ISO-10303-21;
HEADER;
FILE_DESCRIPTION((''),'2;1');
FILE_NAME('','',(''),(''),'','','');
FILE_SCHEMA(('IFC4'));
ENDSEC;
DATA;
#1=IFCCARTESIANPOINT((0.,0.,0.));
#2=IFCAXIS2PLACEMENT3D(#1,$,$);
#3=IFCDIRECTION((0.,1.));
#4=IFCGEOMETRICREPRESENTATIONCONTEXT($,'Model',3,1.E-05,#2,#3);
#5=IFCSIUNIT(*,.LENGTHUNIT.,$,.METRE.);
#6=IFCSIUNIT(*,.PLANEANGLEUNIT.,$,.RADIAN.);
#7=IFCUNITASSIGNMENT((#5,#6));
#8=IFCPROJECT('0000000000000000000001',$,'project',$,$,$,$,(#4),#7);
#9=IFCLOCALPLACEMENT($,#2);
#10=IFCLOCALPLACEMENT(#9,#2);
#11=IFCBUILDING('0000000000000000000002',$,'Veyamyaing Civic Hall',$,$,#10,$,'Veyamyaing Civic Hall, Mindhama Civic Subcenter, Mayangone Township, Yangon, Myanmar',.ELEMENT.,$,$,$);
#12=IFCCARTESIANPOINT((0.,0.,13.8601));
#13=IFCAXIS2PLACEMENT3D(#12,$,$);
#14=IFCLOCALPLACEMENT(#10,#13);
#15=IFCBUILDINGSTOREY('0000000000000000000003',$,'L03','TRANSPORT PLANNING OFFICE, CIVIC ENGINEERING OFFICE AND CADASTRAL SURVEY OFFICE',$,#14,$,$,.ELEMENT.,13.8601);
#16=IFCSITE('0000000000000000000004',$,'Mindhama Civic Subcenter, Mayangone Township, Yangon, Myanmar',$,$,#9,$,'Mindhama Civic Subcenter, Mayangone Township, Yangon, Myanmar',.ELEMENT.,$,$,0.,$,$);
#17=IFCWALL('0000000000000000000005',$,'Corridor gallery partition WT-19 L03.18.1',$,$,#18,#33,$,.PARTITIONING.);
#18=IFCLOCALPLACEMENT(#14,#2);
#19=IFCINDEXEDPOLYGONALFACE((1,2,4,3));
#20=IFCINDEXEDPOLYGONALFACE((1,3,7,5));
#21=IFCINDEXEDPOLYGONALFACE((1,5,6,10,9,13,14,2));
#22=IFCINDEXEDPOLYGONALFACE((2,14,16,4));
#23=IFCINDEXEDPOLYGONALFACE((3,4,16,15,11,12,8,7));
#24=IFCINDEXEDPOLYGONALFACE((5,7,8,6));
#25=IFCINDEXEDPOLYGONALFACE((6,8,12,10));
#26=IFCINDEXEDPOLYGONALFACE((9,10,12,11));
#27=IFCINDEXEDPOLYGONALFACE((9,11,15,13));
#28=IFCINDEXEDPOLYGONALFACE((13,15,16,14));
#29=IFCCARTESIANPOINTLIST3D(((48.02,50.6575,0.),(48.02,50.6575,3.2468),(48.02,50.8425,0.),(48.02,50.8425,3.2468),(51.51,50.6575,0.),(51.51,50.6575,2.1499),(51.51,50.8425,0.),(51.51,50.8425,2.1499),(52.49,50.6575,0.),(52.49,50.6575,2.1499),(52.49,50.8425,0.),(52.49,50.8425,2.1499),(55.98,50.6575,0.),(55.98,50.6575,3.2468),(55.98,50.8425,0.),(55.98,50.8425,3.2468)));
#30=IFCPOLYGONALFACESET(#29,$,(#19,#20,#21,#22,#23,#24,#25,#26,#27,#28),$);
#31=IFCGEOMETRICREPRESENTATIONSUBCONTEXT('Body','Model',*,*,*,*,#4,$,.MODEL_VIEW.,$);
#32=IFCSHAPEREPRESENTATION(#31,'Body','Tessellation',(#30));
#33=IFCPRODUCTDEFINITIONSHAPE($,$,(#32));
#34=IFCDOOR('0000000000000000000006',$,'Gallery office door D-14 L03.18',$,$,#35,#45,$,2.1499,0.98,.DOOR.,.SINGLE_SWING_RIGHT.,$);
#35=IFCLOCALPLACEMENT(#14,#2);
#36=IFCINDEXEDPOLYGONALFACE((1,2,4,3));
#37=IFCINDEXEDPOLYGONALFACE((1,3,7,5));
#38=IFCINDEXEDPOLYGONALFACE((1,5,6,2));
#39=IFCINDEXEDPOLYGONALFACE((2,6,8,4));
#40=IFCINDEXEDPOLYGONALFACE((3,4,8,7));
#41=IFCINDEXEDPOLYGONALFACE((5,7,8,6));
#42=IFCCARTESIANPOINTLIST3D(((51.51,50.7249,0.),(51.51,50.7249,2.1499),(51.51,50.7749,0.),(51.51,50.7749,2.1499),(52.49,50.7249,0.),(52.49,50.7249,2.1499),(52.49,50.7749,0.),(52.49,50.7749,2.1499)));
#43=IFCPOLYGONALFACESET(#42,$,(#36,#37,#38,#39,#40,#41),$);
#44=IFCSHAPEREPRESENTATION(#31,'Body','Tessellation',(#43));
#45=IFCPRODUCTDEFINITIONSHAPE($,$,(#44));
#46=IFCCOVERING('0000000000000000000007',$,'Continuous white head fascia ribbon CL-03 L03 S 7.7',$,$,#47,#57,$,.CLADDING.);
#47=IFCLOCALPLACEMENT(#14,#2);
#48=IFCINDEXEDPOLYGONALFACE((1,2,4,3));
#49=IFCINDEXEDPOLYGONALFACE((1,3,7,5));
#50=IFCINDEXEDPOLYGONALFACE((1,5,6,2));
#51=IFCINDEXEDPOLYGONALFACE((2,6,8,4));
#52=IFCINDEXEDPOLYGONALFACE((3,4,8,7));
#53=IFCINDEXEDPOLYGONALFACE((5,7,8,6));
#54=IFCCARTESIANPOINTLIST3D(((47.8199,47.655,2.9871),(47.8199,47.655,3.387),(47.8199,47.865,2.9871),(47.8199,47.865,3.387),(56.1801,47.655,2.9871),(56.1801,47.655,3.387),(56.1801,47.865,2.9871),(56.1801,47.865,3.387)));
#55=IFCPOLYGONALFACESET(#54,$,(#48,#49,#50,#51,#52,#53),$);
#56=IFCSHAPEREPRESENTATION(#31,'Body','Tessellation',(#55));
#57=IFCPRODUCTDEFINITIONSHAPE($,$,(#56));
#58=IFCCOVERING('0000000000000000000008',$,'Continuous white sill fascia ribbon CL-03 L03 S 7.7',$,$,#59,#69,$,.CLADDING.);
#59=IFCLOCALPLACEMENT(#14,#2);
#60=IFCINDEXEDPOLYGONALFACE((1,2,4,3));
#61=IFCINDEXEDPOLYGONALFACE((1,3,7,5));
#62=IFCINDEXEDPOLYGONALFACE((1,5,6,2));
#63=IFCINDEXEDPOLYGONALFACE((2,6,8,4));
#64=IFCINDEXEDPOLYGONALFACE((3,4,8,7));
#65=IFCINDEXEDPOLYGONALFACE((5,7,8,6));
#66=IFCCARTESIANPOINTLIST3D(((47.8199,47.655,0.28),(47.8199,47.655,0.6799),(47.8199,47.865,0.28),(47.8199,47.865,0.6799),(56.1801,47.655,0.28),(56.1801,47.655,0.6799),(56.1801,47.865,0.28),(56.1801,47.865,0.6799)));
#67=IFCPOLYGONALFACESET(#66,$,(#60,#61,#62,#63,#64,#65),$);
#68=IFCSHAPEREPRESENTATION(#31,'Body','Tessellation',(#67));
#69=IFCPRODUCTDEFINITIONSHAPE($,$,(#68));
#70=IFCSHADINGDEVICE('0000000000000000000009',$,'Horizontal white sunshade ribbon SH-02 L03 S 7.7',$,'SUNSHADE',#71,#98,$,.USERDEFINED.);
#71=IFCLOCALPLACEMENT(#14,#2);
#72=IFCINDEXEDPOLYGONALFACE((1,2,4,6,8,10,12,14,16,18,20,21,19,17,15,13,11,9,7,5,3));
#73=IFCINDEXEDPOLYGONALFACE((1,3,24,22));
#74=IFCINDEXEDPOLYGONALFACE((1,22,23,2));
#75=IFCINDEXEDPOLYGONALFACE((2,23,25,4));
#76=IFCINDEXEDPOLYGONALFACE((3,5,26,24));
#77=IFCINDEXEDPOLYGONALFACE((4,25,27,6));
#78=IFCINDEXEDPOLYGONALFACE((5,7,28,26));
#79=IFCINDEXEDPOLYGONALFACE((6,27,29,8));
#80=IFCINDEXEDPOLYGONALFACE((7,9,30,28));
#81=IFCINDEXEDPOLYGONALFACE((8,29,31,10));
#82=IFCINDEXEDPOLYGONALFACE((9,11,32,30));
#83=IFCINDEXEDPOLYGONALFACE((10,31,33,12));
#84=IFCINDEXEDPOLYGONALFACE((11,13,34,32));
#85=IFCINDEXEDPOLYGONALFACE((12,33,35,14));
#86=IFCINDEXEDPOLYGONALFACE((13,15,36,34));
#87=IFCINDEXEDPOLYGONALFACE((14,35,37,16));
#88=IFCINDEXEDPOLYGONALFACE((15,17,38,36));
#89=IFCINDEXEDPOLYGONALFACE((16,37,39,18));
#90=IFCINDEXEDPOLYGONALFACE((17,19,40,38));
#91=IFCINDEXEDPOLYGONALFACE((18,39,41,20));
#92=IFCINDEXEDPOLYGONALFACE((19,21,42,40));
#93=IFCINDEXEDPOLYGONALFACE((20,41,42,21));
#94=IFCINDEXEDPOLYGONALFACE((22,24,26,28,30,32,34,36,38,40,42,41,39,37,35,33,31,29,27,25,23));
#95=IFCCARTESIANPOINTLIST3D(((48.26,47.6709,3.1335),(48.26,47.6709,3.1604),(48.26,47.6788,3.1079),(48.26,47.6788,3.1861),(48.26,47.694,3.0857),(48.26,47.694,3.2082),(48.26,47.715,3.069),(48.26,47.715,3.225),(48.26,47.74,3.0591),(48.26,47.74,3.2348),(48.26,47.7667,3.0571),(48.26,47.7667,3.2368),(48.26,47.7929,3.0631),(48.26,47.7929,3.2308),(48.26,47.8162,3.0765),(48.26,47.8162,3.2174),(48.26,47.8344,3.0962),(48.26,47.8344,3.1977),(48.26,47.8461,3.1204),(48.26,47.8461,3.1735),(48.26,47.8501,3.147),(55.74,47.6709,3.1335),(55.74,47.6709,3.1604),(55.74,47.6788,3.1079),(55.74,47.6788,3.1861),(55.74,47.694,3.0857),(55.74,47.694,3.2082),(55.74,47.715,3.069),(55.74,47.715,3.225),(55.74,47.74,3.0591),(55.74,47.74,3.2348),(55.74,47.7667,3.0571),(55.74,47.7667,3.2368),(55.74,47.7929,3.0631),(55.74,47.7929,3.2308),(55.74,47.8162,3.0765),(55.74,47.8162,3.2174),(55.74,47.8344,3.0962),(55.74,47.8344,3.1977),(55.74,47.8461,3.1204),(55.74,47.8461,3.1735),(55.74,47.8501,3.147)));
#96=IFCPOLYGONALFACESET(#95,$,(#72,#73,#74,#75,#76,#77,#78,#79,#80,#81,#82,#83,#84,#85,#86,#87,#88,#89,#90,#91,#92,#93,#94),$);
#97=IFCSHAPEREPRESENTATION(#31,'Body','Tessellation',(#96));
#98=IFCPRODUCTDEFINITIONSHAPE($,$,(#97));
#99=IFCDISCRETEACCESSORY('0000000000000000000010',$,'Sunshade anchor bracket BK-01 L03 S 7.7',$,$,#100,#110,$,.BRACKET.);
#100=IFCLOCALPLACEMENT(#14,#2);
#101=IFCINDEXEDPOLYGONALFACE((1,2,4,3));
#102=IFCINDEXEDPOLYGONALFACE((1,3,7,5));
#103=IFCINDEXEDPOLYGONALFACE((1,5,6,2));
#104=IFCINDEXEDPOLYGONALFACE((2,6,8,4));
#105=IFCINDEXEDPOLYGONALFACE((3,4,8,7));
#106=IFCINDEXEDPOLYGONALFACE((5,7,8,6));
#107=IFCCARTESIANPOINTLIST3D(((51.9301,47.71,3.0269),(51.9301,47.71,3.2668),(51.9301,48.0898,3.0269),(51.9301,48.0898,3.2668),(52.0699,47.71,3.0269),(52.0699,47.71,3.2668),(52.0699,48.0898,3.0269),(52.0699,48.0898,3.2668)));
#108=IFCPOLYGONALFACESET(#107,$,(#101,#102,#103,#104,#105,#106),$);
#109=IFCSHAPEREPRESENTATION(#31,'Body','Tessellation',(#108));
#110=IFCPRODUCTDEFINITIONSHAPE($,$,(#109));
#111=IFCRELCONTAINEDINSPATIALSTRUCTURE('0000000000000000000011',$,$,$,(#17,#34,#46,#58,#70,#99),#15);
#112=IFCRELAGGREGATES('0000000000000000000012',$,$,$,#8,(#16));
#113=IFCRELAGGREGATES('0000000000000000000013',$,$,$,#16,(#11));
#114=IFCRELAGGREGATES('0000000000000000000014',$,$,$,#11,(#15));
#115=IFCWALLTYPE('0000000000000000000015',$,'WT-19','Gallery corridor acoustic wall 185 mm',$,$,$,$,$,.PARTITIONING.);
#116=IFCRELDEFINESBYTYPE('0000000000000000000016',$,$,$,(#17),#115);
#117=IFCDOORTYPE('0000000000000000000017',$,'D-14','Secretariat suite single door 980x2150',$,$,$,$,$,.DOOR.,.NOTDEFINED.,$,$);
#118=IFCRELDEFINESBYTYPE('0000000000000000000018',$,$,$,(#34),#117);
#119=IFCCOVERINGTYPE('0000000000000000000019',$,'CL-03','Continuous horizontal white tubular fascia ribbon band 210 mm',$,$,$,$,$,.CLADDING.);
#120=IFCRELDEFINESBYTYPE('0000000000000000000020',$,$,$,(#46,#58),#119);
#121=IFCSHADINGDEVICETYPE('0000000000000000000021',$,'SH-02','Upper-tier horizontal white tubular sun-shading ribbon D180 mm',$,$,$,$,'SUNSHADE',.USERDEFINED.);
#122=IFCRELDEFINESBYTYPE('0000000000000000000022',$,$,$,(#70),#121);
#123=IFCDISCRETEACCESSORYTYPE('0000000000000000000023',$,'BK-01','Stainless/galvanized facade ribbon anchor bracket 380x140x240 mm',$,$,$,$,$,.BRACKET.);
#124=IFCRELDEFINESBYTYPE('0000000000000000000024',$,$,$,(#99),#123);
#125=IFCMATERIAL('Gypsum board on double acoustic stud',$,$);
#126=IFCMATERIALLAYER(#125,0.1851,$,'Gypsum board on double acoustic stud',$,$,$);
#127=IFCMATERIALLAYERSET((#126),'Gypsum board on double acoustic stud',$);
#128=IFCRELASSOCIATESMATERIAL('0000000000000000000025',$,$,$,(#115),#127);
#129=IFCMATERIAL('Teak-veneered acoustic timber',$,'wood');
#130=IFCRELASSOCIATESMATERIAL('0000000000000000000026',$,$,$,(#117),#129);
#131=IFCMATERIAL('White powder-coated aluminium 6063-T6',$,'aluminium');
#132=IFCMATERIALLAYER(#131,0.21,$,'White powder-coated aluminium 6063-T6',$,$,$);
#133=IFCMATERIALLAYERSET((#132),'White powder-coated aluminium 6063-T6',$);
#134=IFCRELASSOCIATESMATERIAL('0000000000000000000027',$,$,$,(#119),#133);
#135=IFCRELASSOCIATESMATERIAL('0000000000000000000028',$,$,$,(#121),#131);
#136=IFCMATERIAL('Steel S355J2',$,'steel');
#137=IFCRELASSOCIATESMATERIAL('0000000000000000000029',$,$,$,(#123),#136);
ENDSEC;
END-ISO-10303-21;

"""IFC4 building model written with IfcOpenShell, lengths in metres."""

from ifc_helpers import new_model, si_unit, direction, frame, frame_2d, origin, origin_2d, place, context, subcontext, project, spatial, rectangle, circle, extrude, material, layer, layer_set, material_profile, profile_set, type_object, element, fill, save


model = new_model("IFC4")

# Units and contexts
model_context = context("Model", 3, precision=1e-05, world=origin(), true_north=direction((0.0, 1.0)))
body_context = subcontext(model_context, "Body", "Model", "MODEL_VIEW")
ifc_project = project(units=[si_unit("LENGTHUNIT", "METRE"), si_unit("PLANEANGLEUNIT", "RADIAN")], contexts=[model_context])

# Site, building, storey
site_placement = place(None, origin())
site = spatial("IfcSite", under=ifc_project, at=site_placement, Name="Mindhama Civic Subcenter, Mayangone Township, Yangon, Myanmar", LongName="Mindhama Civic Subcenter, Mayangone Township, Yangon, Myanmar", CompositionType="ELEMENT", RefElevation=0.0)
building_placement = place(site_placement, origin())
building = spatial("IfcBuilding", under=site, at=building_placement, Name="Veyamyaing Civic Hall", LongName="Veyamyaing Civic Hall, Mindhama Civic Subcenter, Mayangone Township, Yangon, Myanmar", CompositionType="ELEMENT")
storey_placement = place(building_placement, frame((0.0, 0.0, 13.8601)))
storey = spatial("IfcBuildingStorey", under=building, at=storey_placement, Name="L03", Description="TRANSPORT PLANNING OFFICE, CIVIC ENGINEERING OFFICE AND CADASTRAL SURVEY OFFICE", CompositionType="ELEMENT", Elevation=13.8601)

# Wall, opening, door
ifc_material_1 = material(Name="Gypsum board on double acoustic stud")
ifc_layer_1 = layer(ifc_material_1, 0.1851, Name="Gypsum board on double acoustic stud")
ifc_layer_set_1 = layer_set([ifc_layer_1], Name="Gypsum board on double acoustic stud")
wall_type_1 = type_object("IfcWallType", Name="WT-19", Description="Gallery corridor acoustic wall 185 mm", PredefinedType="PARTITIONING", material=ifc_layer_set_1)
wall_1_placement = place(storey_placement, frame((48.02, 50.75, 0.0), z_axis=(0.0, 0.0, 1.0), x_axis=(1.0, 0.0, 0.0)))
wall_1 = element("IfcWall", 1, at=wall_1_placement, inside=storey, type_object=wall_type_1, Name="Corridor gallery partition WT-19 L03.18.1", PredefinedType="PARTITIONING", context=body_context, shape_type="SweptSolid", body=[
    extrude(rectangle(XDim=7.96, YDim=0.1851, at=frame_2d((3.98, 0.0))), origin(), (0.0, 0.0, 1.0), 3.2468),
])
opening_placement = place(wall_1_placement, frame((3.49, 0.0, 0.0)))
opening = element("IfcOpeningElement", 2, at=opening_placement, cuts=wall_1, PredefinedType="OPENING", context=body_context, shape_type="SweptSolid", body=[
    extrude(rectangle(XDim=0.98, YDim=2.1499, at=frame_2d((0.49, 1.075))), frame((0.0, 0.1025, 0.0), z_axis=(0.0, -1.0, 0.0), x_axis=(1.0, 0.0, 0.0)), (0.0, 0.0, 1.0), 0.2051),
])
ifc_material_2 = material(Name="Teak-veneered acoustic timber", Category="wood")
door_type = type_object("IfcDoorType", Name="D-14", Description="Secretariat suite single door 980x2150", OperationType="NOTDEFINED", PredefinedType="DOOR", material=ifc_material_2)
door_placement = place(opening_placement, origin())
door = element("IfcDoor", 3, at=door_placement, inside=storey, type_object=door_type, Name="Gallery office door D-14 L03.18", OperationType="SINGLE_SWING_RIGHT", OverallHeight=2.1499, OverallWidth=0.98, PredefinedType="DOOR", context=body_context, shape_type="SweptSolid", body=[
    extrude(rectangle(XDim=0.98, YDim=2.1499, at=frame_2d((0.49, 1.075))), frame((0.0, 0.0249, 0.0), z_axis=(0.0, -1.0, 0.0), x_axis=(1.0, 0.0, 0.0)), (0.0, 0.0, 1.0), 0.05),
])
fill(opening, door)

# Coverings
ifc_material_3 = material(Name="White powder-coated aluminium 6063-T6", Category="aluminium")
ifc_layer_2 = layer(ifc_material_3, 0.21, Name="White powder-coated aluminium 6063-T6")
ifc_layer_set_2 = layer_set([ifc_layer_2], Name="White powder-coated aluminium 6063-T6")
covering_type = type_object("IfcCoveringType", Name="CL-03", Description="Continuous horizontal white tubular fascia ribbon band 210 mm", PredefinedType="CLADDING", material=ifc_layer_set_2)
for number, where, z_axis, x_axis, name in (
    (4, (52.0, 47.76, 2.9871), (0.0, 0.0, 1.0), (1.0, 0.0, 0.0), "Continuous white head fascia ribbon CL-03 L03 S 7.7"),
    (5, (52.0, 47.76, 0.28), (0.0, 0.0, 1.0), (1.0, 0.0, 0.0), "Continuous white sill fascia ribbon CL-03 L03 S 7.7"),
):
    element("IfcCovering", number, at=place(storey_placement, frame(where, z_axis=z_axis, x_axis=x_axis)), inside=storey, type_object=covering_type, Name=name, PredefinedType="CLADDING", context=body_context, shape_type="SweptSolid", body=[
        extrude(rectangle(XDim=8.3601, YDim=0.21, at=origin_2d()), origin(), (0.0, 0.0, 1.0), 0.3999),
    ])

# Shading device
ifc_material_profile_1 = material_profile(ifc_material_3, circle(Radius=0.0901, at=origin_2d()), Name="SHADE-TUBE-180")
ifc_profile_set_1 = profile_set([ifc_material_profile_1], Name="White powder-coated aluminium 6063-T6")
shading_device_type = type_object("IfcShadingDeviceType", Name="SH-02", Description="Upper-tier horizontal white tubular sun-shading ribbon D180 mm", ElementType="SUNSHADE", PredefinedType="USERDEFINED", material=ifc_profile_set_1)
shading_device_placement = place(storey_placement, frame((48.26, 47.76, 3.147), z_axis=(1.0, 0.0, 0.0), x_axis=(0.0, 1.0, 0.0)))
element("IfcShadingDevice", 6, at=shading_device_placement, inside=storey, type_object=shading_device_type, Name="Horizontal white sunshade ribbon SH-02 L03 S 7.7", ObjectType="SUNSHADE", PredefinedType="USERDEFINED", context=body_context, shape_type="SweptSolid", body=[
    extrude(circle(Radius=0.0901, at=origin_2d()), origin(), (0.0, 0.0, 1.0), 7.48),
])

# Discrete accessory
ifc_material_4 = material(Name="Steel S355J2", Category="steel")
discrete_accessory_type = type_object("IfcDiscreteAccessoryType", Name="BK-01", Description="Stainless/galvanized facade ribbon anchor bracket 380x140x240 mm", PredefinedType="BRACKET", material=ifc_material_4)
discrete_accessory_placement = place(storey_placement, frame((52.0, 47.8999, 3.0269), z_axis=(0.0, 0.0, 1.0), x_axis=(0.0, -1.0, 0.0)))
element("IfcDiscreteAccessory", 7, at=discrete_accessory_placement, inside=storey, type_object=discrete_accessory_type, Name="Sunshade anchor bracket BK-01 L03 S 7.7", PredefinedType="BRACKET", context=body_context, shape_type="SweptSolid", body=[
    extrude(rectangle(XDim=0.3799, YDim=0.1399, at=origin_2d()), origin(), (0.0, 0.0, 1.0), 0.24),
])

save(model, "model.ifc")
